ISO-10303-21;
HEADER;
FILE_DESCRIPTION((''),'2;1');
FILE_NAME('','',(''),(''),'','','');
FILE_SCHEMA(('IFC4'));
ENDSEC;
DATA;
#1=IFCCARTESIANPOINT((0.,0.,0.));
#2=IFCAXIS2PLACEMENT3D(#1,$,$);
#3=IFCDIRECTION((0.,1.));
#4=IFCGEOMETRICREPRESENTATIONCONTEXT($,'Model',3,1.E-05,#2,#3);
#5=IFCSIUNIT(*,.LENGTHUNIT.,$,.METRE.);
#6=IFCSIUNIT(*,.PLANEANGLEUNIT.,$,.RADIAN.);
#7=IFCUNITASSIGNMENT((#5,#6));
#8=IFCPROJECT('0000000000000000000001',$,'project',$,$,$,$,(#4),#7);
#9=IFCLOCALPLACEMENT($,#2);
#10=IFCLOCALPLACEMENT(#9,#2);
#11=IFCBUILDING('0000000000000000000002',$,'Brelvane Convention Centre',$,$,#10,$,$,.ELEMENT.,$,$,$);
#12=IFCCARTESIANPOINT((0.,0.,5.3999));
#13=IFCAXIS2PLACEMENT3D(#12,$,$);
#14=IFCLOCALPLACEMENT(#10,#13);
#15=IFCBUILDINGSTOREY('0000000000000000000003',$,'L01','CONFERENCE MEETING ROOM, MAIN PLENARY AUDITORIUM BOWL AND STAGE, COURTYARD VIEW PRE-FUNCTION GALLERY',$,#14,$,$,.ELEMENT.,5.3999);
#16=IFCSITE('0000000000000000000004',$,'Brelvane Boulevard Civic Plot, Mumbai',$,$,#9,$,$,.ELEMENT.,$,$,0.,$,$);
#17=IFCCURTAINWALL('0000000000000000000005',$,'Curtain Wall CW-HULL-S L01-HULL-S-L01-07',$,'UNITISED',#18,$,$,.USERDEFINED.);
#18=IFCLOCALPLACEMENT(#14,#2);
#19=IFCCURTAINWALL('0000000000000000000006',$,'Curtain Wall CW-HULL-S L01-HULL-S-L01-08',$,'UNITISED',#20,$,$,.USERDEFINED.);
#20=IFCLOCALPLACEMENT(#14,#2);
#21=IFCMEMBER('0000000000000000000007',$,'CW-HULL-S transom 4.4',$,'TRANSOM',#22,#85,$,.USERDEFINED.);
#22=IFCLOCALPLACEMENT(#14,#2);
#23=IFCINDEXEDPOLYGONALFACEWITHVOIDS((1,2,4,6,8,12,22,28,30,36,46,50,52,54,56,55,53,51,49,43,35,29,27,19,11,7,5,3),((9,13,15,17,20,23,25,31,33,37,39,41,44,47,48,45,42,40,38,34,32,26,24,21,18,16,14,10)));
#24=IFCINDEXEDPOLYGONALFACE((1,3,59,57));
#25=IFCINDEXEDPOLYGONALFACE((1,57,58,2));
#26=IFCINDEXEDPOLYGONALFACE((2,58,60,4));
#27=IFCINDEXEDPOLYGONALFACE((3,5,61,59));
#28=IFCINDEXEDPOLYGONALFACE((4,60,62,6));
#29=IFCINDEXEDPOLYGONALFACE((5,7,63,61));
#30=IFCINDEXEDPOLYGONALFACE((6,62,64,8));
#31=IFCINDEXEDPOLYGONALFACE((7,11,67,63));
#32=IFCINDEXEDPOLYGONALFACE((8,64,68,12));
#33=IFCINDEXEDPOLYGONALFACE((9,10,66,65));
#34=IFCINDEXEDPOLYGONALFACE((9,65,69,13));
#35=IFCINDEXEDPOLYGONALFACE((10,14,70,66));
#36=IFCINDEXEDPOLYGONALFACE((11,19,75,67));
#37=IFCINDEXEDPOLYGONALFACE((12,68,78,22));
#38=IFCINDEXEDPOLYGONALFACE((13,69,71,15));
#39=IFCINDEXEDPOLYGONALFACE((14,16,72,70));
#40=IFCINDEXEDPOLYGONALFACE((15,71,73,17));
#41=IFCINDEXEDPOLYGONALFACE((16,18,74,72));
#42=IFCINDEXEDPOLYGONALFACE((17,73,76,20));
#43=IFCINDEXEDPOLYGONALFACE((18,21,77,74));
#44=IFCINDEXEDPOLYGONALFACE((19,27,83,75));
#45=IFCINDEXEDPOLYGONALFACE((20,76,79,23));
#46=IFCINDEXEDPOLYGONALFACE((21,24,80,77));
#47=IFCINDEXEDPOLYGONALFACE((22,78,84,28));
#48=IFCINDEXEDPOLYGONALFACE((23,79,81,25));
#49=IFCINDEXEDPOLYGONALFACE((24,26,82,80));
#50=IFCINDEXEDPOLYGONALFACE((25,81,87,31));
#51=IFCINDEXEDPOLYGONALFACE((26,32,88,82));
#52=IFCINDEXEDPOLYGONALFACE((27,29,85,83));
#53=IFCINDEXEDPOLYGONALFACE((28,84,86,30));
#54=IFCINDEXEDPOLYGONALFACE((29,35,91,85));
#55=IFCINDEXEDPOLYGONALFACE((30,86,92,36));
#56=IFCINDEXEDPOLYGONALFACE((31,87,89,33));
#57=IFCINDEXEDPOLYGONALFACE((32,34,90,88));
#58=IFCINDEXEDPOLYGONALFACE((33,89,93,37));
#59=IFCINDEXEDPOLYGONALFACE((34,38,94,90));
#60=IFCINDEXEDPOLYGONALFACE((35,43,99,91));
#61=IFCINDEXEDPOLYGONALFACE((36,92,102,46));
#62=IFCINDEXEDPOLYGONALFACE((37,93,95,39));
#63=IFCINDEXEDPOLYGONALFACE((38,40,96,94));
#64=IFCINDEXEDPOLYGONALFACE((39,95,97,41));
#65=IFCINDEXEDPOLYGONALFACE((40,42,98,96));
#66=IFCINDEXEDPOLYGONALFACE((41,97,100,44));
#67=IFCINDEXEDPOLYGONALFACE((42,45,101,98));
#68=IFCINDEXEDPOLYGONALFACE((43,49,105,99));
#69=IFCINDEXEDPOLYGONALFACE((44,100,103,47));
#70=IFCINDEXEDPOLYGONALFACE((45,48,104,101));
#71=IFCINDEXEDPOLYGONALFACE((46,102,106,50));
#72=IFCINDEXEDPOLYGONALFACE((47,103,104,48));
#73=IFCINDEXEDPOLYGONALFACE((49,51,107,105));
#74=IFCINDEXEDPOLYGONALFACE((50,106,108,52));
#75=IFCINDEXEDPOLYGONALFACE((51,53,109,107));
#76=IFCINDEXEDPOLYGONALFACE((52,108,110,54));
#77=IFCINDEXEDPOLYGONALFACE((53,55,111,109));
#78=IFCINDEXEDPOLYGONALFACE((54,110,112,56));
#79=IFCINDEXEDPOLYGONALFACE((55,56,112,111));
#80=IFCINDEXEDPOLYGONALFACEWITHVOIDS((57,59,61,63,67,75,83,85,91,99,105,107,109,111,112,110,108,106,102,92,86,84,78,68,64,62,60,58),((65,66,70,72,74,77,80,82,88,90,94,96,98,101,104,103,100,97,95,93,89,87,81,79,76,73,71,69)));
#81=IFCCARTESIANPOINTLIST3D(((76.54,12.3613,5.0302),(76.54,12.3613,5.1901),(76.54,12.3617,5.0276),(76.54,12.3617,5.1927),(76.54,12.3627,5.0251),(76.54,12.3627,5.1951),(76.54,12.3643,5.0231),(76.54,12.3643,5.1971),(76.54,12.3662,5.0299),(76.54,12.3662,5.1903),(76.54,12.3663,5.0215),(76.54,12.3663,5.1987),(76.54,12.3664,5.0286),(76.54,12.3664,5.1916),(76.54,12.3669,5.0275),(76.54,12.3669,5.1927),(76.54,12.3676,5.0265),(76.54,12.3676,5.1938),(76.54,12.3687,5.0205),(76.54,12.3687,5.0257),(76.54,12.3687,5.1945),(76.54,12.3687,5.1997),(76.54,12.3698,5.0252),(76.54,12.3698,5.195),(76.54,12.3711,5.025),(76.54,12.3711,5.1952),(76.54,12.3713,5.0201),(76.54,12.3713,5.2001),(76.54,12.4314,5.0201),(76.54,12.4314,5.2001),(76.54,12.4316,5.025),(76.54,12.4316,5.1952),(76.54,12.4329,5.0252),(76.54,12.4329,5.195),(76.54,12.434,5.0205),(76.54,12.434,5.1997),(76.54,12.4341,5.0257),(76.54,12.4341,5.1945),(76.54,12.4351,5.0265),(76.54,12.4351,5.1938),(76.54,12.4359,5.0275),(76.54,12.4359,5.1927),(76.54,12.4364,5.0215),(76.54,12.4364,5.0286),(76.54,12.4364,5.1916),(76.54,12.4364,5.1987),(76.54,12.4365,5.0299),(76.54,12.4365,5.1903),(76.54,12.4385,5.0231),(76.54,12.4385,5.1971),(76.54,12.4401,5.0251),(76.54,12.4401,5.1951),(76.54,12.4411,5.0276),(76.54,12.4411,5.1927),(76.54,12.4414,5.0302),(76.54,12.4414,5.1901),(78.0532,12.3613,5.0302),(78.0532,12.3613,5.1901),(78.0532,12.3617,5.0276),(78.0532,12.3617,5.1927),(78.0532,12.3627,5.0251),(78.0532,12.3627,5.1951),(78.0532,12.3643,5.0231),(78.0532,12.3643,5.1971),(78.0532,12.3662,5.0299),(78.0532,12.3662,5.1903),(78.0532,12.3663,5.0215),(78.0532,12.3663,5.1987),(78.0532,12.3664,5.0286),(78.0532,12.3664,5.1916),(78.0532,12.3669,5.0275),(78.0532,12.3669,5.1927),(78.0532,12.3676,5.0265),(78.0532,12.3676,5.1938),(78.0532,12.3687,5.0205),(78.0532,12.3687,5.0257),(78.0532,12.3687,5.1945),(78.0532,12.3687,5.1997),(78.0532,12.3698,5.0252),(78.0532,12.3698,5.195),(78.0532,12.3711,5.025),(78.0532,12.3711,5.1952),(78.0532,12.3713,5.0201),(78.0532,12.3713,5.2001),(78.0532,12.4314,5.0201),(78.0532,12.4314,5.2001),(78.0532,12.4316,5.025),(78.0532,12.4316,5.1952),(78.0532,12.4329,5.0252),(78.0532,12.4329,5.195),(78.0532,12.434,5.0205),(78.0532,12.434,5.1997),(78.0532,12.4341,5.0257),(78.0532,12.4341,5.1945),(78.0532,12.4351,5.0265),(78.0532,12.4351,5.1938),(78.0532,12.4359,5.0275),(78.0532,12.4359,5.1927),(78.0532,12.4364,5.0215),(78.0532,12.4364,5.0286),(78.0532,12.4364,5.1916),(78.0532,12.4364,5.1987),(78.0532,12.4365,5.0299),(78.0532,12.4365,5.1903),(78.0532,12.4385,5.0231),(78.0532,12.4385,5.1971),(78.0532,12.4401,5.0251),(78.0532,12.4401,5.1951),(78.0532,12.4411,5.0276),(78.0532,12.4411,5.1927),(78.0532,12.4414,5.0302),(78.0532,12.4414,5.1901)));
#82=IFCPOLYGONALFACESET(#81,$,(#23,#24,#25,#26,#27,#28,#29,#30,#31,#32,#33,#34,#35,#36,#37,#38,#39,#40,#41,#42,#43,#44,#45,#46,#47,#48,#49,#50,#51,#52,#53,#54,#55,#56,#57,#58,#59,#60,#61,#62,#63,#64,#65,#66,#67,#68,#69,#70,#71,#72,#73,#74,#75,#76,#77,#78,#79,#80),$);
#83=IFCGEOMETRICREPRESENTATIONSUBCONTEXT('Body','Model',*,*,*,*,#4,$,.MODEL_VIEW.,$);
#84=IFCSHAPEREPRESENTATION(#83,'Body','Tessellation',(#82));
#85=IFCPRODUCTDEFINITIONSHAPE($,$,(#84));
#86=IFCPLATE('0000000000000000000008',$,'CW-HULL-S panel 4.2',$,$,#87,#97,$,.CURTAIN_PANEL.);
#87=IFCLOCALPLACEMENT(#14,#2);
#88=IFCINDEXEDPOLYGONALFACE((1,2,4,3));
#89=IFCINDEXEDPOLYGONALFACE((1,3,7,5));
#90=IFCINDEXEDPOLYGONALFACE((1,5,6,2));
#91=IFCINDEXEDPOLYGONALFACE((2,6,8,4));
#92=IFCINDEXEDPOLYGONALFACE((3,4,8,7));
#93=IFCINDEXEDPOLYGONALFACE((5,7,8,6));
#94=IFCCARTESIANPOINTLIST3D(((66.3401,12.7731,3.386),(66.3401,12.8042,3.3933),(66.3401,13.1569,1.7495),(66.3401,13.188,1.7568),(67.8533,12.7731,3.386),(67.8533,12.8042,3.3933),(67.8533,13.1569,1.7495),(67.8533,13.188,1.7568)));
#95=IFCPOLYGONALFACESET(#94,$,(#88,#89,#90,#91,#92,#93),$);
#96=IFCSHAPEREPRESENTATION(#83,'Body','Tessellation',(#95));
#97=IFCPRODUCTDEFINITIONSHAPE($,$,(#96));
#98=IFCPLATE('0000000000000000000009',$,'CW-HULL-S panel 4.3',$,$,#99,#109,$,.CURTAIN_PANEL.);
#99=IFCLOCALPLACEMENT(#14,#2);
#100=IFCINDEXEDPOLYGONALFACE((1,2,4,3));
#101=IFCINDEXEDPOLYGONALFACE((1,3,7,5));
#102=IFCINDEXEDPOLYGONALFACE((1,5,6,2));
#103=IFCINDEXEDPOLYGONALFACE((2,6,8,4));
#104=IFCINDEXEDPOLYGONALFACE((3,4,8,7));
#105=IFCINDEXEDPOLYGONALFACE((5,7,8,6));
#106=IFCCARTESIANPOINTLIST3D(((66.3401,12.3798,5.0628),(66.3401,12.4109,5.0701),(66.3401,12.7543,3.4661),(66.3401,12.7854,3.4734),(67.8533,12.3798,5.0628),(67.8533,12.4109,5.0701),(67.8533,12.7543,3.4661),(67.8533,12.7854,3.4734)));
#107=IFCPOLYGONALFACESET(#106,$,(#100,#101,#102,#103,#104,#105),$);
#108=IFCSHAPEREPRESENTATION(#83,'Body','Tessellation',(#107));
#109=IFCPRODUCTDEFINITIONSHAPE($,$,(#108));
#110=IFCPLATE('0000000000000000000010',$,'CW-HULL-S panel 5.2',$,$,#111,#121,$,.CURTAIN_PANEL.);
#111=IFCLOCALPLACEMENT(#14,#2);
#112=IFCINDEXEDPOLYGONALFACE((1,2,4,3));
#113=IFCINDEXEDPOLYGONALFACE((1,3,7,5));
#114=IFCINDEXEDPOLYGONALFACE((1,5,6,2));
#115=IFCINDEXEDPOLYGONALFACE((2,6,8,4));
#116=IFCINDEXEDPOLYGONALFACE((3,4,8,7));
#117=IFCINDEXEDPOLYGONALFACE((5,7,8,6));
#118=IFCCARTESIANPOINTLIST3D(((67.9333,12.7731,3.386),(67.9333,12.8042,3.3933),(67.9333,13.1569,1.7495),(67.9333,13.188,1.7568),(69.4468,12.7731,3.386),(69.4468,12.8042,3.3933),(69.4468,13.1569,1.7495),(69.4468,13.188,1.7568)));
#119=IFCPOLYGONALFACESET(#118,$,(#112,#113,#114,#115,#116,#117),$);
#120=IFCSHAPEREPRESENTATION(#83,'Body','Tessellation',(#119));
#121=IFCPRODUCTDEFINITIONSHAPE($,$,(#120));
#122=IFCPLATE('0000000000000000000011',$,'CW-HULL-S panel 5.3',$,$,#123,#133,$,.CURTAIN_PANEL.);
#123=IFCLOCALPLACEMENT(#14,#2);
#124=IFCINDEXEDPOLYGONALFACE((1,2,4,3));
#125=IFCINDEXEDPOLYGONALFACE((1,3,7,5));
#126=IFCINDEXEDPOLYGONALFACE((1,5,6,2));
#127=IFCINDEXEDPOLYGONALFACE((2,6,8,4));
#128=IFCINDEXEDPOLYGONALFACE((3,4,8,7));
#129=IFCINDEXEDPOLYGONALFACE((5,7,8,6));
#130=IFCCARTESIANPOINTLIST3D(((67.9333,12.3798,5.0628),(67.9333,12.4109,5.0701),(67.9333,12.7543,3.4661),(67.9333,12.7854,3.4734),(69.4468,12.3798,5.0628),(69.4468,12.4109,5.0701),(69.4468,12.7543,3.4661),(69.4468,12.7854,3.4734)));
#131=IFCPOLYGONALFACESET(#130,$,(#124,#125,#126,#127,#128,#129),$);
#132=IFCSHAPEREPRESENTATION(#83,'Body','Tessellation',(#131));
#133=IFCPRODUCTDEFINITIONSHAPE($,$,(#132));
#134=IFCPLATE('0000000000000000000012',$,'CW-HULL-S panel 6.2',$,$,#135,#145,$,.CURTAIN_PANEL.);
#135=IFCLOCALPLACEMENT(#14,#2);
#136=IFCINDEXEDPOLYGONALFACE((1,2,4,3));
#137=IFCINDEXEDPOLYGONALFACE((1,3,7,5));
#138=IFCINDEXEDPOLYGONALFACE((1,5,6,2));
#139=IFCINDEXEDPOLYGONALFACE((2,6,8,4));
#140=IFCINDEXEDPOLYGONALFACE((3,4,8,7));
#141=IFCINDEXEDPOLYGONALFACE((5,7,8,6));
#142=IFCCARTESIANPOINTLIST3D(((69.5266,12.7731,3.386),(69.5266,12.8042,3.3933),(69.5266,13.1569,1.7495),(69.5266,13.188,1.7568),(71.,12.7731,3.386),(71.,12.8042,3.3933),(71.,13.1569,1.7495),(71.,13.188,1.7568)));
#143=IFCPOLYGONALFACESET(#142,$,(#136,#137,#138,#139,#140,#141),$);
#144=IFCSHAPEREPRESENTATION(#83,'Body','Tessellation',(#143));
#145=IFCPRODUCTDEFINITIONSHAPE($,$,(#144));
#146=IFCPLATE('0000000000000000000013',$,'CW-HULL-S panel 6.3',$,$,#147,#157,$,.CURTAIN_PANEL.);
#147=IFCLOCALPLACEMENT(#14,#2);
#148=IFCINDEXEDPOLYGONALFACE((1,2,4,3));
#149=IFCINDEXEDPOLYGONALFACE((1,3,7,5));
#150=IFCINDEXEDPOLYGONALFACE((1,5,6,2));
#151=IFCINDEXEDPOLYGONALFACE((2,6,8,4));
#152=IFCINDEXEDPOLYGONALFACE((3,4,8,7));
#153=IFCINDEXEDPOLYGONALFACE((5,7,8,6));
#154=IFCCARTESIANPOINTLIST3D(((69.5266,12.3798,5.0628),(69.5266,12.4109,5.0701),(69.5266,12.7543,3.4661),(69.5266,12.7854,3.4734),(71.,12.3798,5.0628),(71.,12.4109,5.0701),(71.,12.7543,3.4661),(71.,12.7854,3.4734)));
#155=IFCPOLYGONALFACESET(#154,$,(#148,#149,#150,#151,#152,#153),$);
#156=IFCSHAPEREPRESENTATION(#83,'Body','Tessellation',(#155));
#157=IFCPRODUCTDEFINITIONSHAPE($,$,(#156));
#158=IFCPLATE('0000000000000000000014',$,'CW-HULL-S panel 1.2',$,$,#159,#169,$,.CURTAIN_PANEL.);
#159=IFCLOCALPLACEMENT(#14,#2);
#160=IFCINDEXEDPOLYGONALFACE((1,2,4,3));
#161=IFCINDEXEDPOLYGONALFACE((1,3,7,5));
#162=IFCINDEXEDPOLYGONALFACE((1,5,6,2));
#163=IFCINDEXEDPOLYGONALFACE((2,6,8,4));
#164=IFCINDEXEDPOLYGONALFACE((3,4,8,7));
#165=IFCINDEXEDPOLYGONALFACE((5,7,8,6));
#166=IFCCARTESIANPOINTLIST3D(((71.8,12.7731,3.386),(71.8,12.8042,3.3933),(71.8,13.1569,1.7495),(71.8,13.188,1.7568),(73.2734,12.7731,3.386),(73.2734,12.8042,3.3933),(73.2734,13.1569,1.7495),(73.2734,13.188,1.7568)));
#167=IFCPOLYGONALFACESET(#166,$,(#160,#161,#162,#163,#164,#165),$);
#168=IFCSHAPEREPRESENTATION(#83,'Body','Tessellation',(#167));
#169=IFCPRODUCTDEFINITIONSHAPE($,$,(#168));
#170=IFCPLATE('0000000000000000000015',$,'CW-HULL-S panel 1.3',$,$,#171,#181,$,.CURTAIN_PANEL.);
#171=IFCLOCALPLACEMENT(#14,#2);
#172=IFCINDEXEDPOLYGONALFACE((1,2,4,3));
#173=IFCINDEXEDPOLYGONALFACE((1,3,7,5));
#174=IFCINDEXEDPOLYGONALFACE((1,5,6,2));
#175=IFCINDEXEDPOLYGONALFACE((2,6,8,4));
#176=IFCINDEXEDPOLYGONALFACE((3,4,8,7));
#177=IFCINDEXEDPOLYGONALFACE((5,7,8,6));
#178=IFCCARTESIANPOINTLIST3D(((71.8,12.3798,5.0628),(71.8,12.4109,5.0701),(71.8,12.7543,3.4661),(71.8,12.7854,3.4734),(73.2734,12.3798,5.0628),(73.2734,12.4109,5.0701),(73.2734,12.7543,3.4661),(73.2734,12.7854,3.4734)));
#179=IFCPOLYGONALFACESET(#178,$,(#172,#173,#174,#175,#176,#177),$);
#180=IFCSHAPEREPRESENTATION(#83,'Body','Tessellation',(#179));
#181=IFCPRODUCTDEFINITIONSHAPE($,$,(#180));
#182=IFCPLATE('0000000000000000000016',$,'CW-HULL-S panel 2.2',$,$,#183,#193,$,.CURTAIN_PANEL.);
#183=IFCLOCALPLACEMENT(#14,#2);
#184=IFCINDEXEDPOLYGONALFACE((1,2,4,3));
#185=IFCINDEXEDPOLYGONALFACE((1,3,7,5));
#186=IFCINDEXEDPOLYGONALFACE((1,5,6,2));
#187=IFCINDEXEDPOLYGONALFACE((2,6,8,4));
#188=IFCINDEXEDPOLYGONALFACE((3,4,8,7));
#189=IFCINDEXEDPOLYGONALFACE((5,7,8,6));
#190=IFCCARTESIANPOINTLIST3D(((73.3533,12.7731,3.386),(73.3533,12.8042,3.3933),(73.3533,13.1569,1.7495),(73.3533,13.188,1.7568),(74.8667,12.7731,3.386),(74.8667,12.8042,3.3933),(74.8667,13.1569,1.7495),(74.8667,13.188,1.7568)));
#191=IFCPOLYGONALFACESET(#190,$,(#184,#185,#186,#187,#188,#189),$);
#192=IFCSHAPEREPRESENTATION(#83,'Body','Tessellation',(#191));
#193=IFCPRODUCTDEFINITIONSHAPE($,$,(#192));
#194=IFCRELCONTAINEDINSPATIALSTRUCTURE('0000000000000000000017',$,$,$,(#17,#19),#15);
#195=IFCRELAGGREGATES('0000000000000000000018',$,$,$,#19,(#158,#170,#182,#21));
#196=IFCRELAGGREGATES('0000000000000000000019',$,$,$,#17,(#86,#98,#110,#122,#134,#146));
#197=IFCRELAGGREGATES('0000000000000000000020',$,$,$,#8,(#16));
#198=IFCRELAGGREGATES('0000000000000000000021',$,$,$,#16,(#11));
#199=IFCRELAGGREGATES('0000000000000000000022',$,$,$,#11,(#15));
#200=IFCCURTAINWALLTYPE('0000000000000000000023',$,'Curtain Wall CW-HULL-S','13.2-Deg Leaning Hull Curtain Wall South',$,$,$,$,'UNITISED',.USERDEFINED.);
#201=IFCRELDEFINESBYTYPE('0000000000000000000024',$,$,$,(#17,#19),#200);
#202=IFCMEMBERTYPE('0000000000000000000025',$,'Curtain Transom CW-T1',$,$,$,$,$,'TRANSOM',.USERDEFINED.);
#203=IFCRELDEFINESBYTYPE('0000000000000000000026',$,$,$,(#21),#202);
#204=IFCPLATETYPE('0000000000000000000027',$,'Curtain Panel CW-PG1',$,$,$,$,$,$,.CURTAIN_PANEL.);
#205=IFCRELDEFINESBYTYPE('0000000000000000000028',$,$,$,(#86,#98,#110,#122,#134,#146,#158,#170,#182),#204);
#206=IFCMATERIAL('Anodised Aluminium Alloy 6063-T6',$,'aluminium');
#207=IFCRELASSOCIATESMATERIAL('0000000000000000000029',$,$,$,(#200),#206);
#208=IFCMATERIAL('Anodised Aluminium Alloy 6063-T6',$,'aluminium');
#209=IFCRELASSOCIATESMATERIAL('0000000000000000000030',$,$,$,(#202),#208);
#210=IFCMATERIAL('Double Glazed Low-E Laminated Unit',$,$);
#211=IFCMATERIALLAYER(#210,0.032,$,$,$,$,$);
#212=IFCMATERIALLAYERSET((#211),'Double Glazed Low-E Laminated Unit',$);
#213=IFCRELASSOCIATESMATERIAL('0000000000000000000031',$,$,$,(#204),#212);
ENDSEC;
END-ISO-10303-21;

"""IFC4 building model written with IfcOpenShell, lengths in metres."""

from ifc_helpers import new_model, si_unit, direction, frame, origin, origin_2d, place, context, subcontext, project, spatial, polyline, hollow_rectangle, outline, extrude, material, layer, layer_set, material_profile, profile_set, type_object, element, aggregate, save


model = new_model("IFC4")

# Units and contexts
model_context = context("Model", 3, precision=1e-05, world=origin(), true_north=direction((0.0, 1.0)))
body_context = subcontext(model_context, "Body", "Model", "MODEL_VIEW")
ifc_project = project(units=[si_unit("LENGTHUNIT", "METRE"), si_unit("PLANEANGLEUNIT", "RADIAN")], contexts=[model_context])

# Site, building, storey
site_placement = place(None, origin())
site = spatial("IfcSite", under=ifc_project, at=site_placement, Name="Brelvane Boulevard Civic Plot, Mumbai", CompositionType="ELEMENT", RefElevation=0.0)
building_placement = place(site_placement, origin())
building = spatial("IfcBuilding", under=site, at=building_placement, Name="Brelvane Convention Centre", CompositionType="ELEMENT")
storey_placement = place(building_placement, frame((0.0, 0.0, 5.3999)))
storey = spatial("IfcBuildingStorey", under=building, at=storey_placement, Name="L01", Description="CONFERENCE MEETING ROOM, MAIN PLENARY AUDITORIUM BOWL AND STAGE, COURTYARD VIEW PRE-FUNCTION GALLERY", CompositionType="ELEMENT", Elevation=5.3999)

# Curtain walls, member
ifc_material_1 = material(Name="Anodised Aluminium Alloy 6063-T6", Category="aluminium")
curtain_wall_type = type_object("IfcCurtainWallType", Name="Curtain Wall CW-HULL-S", Description="13.2-Deg Leaning Hull Curtain Wall South", ElementType="UNITISED", PredefinedType="USERDEFINED", material=ifc_material_1)
curtain_wall_1_placement = place(storey_placement, origin())
curtain_wall_1 = element("IfcCurtainWall", 1, at=curtain_wall_1_placement, inside=storey, type_object=curtain_wall_type, Name="Curtain Wall CW-HULL-S L01-HULL-S-L01-07", ObjectType="UNITISED", PredefinedType="USERDEFINED")
ifc_material_2 = material(Name="Anodised Aluminium Alloy 6063-T6", Category="aluminium")
ifc_material_profile = material_profile(ifc_material_2, hollow_rectangle(XDim=0.0801, YDim=0.1799, WallThickness=0.0049, InnerFilletRadius=0.0049, OuterFilletRadius=0.01, at=origin_2d()), Name="ALU-T 180x80x5.0")
ifc_profile_set = profile_set([ifc_material_profile], Name="Anodised Aluminium Alloy 6063-T6")
member_type = type_object("IfcMemberType", Name="Curtain Transom CW-T1", ElementType="TRANSOM", PredefinedType="USERDEFINED", material=ifc_profile_set)
curtain_wall_2_placement = place(storey_placement, origin())
curtain_wall_2 = element("IfcCurtainWall", 2, at=curtain_wall_2_placement, inside=storey, type_object=curtain_wall_type, Name="Curtain Wall CW-HULL-S L01-HULL-S-L01-08", ObjectType="UNITISED", PredefinedType="USERDEFINED")
member_1_placement = place(storey_placement, frame((76.54, 12.4014, 5.1101), z_axis=(1.0, 0.0, 0.0), x_axis=(0.0, 1.0, 0.0)))
member_1 = element("IfcMember", 3, at=member_1_placement, type_object=member_type, Name="CW-HULL-S transom 4.4", ObjectType="TRANSOM", PredefinedType="USERDEFINED", context=body_context, shape_type="SweptSolid", body=[
    extrude(hollow_rectangle(XDim=0.0801, YDim=0.1799, WallThickness=0.0049, InnerFilletRadius=0.0049, OuterFilletRadius=0.01, at=origin_2d()), origin(), (0.0, 0.0, 1.0), 1.5132),
])

# Plates
ifc_material_3 = material(Name="Double Glazed Low-E Laminated Unit")
ifc_layer_1 = layer(ifc_material_3, 0.032)
ifc_layer_set_1 = layer_set([ifc_layer_1], Name="Double Glazed Low-E Laminated Unit")
plate_type_1 = type_object("IfcPlateType", Name="Curtain Panel CW-PG1", PredefinedType="CURTAIN_PANEL", material=ifc_layer_set_1)
plate_1_placement = place(storey_placement, frame((66.3401, 13.188, 1.7568), z_axis=(0.0, 0.973585, 0.228327), x_axis=(1.0, 0.0, 0.0)))
plate_1 = element("IfcPlate", 4, at=plate_1_placement, type_object=plate_type_1, Name="CW-HULL-S panel 4.2", PredefinedType="CURTAIN_PANEL", context=body_context, shape_type="SweptSolid", body=[
    extrude(outline(polyline([(0.0, 0.0), (1.5132, 0.0), (1.5132, -1.6809), (0.0, -1.6809), (0.0, 0.0)])), origin(), (0.0, 0.0, -1.0), 0.032),
])
plate_2_placement = place(storey_placement, frame((66.3401, 12.7854, 3.4734), z_axis=(0.0, 0.973577, 0.228359), x_axis=(1.0, 0.0, 0.0)))
plate_2 = element("IfcPlate", 5, at=plate_2_placement, type_object=plate_type_1, Name="CW-HULL-S panel 4.3", PredefinedType="CURTAIN_PANEL", context=body_context, shape_type="SweptSolid", body=[
    extrude(outline(polyline([(0.0, 0.0), (1.5132, 0.0), (1.5132, -1.64), (0.0, -1.64), (0.0, 0.0)])), origin(), (0.0, 0.0, -1.0), 0.032),
])
plate_3_placement = place(storey_placement, frame((67.9333, 13.188, 1.7568), z_axis=(0.0, 0.973585, 0.228327), x_axis=(1.0, 0.0, 0.0)))
plate_3 = element("IfcPlate", 6, at=plate_3_placement, type_object=plate_type_1, Name="CW-HULL-S panel 5.2", PredefinedType="CURTAIN_PANEL", context=body_context, shape_type="SweptSolid", body=[
    extrude(outline(polyline([(0.0, 0.0), (1.5134, 0.0), (1.5134, -1.6809), (0.0, -1.6809), (0.0, 0.0)])), origin(), (0.0, 0.0, -1.0), 0.032),
])
plate_4_placement = place(storey_placement, frame((67.9333, 12.7854, 3.4734), z_axis=(0.0, 0.973577, 0.228359), x_axis=(1.0, 0.0, 0.0)))
plate_4 = element("IfcPlate", 7, at=plate_4_placement, type_object=plate_type_1, Name="CW-HULL-S panel 5.3", PredefinedType="CURTAIN_PANEL", context=body_context, shape_type="SweptSolid", body=[
    extrude(outline(polyline([(0.0, 0.0), (1.5134, 0.0), (1.5134, -1.64), (0.0, -1.64), (0.0, 0.0)])), origin(), (0.0, 0.0, -1.0), 0.032),
])
plate_5_placement = place(storey_placement, frame((69.5266, 13.188, 1.7568), z_axis=(0.0, 0.973585, 0.228327), x_axis=(1.0, 0.0, 0.0)))
plate_5 = element("IfcPlate", 8, at=plate_5_placement, type_object=plate_type_1, Name="CW-HULL-S panel 6.2", PredefinedType="CURTAIN_PANEL", context=body_context, shape_type="SweptSolid", body=[
    extrude(outline(polyline([(0.0, 0.0), (1.4734, 0.0), (1.4734, -1.6809), (0.0, -1.6809), (0.0, 0.0)])), origin(), (0.0, 0.0, -1.0), 0.032),
])
plate_6_placement = place(storey_placement, frame((69.5266, 12.7854, 3.4734), z_axis=(0.0, 0.973577, 0.228359), x_axis=(1.0, 0.0, 0.0)))
plate_6 = element("IfcPlate", 9, at=plate_6_placement, type_object=plate_type_1, Name="CW-HULL-S panel 6.3", PredefinedType="CURTAIN_PANEL", context=body_context, shape_type="SweptSolid", body=[
    extrude(outline(polyline([(0.0, 0.0), (1.4734, 0.0), (1.4734, -1.64), (0.0, -1.64), (0.0, 0.0)])), origin(), (0.0, 0.0, -1.0), 0.032),
])
plate_7_placement = place(storey_placement, frame((71.8, 13.188, 1.7568), z_axis=(0.0, 0.973585, 0.228327), x_axis=(1.0, 0.0, 0.0)))
plate_7 = element("IfcPlate", 10, at=plate_7_placement, type_object=plate_type_1, Name="CW-HULL-S panel 1.2", PredefinedType="CURTAIN_PANEL", context=body_context, shape_type="SweptSolid", body=[
    extrude(outline(polyline([(0.0, 0.0), (1.4734, 0.0), (1.4734, -1.6809), (0.0, -1.6809), (0.0, 0.0)])), origin(), (0.0, 0.0, -1.0), 0.032),
])
plate_8_placement = place(storey_placement, frame((71.8, 12.7854, 3.4734), z_axis=(0.0, 0.973577, 0.228359), x_axis=(1.0, 0.0, 0.0)))
plate_8 = element("IfcPlate", 11, at=plate_8_placement, type_object=plate_type_1, Name="CW-HULL-S panel 1.3", PredefinedType="CURTAIN_PANEL", context=body_context, shape_type="SweptSolid", body=[
    extrude(outline(polyline([(0.0, 0.0), (1.4734, 0.0), (1.4734, -1.64), (0.0, -1.64), (0.0, 0.0)])), origin(), (0.0, 0.0, -1.0), 0.032),
])
plate_9_placement = place(storey_placement, frame((73.3533, 13.188, 1.7568), z_axis=(0.0, 0.973585, 0.228327), x_axis=(1.0, 0.0, 0.0)))
plate_9 = element("IfcPlate", 12, at=plate_9_placement, type_object=plate_type_1, Name="CW-HULL-S panel 2.2", PredefinedType="CURTAIN_PANEL", context=body_context, shape_type="SweptSolid", body=[
    extrude(outline(polyline([(0.0, 0.0), (1.5134, 0.0), (1.5134, -1.6809), (0.0, -1.6809), (0.0, 0.0)])), origin(), (0.0, 0.0, -1.0), 0.032),
])
aggregate(curtain_wall_2, [plate_7, plate_8, plate_9, member_1])
aggregate(curtain_wall_1, [plate_1, plate_2, plate_3, plate_4, plate_5, plate_6])

save(model, "model.ifc")
